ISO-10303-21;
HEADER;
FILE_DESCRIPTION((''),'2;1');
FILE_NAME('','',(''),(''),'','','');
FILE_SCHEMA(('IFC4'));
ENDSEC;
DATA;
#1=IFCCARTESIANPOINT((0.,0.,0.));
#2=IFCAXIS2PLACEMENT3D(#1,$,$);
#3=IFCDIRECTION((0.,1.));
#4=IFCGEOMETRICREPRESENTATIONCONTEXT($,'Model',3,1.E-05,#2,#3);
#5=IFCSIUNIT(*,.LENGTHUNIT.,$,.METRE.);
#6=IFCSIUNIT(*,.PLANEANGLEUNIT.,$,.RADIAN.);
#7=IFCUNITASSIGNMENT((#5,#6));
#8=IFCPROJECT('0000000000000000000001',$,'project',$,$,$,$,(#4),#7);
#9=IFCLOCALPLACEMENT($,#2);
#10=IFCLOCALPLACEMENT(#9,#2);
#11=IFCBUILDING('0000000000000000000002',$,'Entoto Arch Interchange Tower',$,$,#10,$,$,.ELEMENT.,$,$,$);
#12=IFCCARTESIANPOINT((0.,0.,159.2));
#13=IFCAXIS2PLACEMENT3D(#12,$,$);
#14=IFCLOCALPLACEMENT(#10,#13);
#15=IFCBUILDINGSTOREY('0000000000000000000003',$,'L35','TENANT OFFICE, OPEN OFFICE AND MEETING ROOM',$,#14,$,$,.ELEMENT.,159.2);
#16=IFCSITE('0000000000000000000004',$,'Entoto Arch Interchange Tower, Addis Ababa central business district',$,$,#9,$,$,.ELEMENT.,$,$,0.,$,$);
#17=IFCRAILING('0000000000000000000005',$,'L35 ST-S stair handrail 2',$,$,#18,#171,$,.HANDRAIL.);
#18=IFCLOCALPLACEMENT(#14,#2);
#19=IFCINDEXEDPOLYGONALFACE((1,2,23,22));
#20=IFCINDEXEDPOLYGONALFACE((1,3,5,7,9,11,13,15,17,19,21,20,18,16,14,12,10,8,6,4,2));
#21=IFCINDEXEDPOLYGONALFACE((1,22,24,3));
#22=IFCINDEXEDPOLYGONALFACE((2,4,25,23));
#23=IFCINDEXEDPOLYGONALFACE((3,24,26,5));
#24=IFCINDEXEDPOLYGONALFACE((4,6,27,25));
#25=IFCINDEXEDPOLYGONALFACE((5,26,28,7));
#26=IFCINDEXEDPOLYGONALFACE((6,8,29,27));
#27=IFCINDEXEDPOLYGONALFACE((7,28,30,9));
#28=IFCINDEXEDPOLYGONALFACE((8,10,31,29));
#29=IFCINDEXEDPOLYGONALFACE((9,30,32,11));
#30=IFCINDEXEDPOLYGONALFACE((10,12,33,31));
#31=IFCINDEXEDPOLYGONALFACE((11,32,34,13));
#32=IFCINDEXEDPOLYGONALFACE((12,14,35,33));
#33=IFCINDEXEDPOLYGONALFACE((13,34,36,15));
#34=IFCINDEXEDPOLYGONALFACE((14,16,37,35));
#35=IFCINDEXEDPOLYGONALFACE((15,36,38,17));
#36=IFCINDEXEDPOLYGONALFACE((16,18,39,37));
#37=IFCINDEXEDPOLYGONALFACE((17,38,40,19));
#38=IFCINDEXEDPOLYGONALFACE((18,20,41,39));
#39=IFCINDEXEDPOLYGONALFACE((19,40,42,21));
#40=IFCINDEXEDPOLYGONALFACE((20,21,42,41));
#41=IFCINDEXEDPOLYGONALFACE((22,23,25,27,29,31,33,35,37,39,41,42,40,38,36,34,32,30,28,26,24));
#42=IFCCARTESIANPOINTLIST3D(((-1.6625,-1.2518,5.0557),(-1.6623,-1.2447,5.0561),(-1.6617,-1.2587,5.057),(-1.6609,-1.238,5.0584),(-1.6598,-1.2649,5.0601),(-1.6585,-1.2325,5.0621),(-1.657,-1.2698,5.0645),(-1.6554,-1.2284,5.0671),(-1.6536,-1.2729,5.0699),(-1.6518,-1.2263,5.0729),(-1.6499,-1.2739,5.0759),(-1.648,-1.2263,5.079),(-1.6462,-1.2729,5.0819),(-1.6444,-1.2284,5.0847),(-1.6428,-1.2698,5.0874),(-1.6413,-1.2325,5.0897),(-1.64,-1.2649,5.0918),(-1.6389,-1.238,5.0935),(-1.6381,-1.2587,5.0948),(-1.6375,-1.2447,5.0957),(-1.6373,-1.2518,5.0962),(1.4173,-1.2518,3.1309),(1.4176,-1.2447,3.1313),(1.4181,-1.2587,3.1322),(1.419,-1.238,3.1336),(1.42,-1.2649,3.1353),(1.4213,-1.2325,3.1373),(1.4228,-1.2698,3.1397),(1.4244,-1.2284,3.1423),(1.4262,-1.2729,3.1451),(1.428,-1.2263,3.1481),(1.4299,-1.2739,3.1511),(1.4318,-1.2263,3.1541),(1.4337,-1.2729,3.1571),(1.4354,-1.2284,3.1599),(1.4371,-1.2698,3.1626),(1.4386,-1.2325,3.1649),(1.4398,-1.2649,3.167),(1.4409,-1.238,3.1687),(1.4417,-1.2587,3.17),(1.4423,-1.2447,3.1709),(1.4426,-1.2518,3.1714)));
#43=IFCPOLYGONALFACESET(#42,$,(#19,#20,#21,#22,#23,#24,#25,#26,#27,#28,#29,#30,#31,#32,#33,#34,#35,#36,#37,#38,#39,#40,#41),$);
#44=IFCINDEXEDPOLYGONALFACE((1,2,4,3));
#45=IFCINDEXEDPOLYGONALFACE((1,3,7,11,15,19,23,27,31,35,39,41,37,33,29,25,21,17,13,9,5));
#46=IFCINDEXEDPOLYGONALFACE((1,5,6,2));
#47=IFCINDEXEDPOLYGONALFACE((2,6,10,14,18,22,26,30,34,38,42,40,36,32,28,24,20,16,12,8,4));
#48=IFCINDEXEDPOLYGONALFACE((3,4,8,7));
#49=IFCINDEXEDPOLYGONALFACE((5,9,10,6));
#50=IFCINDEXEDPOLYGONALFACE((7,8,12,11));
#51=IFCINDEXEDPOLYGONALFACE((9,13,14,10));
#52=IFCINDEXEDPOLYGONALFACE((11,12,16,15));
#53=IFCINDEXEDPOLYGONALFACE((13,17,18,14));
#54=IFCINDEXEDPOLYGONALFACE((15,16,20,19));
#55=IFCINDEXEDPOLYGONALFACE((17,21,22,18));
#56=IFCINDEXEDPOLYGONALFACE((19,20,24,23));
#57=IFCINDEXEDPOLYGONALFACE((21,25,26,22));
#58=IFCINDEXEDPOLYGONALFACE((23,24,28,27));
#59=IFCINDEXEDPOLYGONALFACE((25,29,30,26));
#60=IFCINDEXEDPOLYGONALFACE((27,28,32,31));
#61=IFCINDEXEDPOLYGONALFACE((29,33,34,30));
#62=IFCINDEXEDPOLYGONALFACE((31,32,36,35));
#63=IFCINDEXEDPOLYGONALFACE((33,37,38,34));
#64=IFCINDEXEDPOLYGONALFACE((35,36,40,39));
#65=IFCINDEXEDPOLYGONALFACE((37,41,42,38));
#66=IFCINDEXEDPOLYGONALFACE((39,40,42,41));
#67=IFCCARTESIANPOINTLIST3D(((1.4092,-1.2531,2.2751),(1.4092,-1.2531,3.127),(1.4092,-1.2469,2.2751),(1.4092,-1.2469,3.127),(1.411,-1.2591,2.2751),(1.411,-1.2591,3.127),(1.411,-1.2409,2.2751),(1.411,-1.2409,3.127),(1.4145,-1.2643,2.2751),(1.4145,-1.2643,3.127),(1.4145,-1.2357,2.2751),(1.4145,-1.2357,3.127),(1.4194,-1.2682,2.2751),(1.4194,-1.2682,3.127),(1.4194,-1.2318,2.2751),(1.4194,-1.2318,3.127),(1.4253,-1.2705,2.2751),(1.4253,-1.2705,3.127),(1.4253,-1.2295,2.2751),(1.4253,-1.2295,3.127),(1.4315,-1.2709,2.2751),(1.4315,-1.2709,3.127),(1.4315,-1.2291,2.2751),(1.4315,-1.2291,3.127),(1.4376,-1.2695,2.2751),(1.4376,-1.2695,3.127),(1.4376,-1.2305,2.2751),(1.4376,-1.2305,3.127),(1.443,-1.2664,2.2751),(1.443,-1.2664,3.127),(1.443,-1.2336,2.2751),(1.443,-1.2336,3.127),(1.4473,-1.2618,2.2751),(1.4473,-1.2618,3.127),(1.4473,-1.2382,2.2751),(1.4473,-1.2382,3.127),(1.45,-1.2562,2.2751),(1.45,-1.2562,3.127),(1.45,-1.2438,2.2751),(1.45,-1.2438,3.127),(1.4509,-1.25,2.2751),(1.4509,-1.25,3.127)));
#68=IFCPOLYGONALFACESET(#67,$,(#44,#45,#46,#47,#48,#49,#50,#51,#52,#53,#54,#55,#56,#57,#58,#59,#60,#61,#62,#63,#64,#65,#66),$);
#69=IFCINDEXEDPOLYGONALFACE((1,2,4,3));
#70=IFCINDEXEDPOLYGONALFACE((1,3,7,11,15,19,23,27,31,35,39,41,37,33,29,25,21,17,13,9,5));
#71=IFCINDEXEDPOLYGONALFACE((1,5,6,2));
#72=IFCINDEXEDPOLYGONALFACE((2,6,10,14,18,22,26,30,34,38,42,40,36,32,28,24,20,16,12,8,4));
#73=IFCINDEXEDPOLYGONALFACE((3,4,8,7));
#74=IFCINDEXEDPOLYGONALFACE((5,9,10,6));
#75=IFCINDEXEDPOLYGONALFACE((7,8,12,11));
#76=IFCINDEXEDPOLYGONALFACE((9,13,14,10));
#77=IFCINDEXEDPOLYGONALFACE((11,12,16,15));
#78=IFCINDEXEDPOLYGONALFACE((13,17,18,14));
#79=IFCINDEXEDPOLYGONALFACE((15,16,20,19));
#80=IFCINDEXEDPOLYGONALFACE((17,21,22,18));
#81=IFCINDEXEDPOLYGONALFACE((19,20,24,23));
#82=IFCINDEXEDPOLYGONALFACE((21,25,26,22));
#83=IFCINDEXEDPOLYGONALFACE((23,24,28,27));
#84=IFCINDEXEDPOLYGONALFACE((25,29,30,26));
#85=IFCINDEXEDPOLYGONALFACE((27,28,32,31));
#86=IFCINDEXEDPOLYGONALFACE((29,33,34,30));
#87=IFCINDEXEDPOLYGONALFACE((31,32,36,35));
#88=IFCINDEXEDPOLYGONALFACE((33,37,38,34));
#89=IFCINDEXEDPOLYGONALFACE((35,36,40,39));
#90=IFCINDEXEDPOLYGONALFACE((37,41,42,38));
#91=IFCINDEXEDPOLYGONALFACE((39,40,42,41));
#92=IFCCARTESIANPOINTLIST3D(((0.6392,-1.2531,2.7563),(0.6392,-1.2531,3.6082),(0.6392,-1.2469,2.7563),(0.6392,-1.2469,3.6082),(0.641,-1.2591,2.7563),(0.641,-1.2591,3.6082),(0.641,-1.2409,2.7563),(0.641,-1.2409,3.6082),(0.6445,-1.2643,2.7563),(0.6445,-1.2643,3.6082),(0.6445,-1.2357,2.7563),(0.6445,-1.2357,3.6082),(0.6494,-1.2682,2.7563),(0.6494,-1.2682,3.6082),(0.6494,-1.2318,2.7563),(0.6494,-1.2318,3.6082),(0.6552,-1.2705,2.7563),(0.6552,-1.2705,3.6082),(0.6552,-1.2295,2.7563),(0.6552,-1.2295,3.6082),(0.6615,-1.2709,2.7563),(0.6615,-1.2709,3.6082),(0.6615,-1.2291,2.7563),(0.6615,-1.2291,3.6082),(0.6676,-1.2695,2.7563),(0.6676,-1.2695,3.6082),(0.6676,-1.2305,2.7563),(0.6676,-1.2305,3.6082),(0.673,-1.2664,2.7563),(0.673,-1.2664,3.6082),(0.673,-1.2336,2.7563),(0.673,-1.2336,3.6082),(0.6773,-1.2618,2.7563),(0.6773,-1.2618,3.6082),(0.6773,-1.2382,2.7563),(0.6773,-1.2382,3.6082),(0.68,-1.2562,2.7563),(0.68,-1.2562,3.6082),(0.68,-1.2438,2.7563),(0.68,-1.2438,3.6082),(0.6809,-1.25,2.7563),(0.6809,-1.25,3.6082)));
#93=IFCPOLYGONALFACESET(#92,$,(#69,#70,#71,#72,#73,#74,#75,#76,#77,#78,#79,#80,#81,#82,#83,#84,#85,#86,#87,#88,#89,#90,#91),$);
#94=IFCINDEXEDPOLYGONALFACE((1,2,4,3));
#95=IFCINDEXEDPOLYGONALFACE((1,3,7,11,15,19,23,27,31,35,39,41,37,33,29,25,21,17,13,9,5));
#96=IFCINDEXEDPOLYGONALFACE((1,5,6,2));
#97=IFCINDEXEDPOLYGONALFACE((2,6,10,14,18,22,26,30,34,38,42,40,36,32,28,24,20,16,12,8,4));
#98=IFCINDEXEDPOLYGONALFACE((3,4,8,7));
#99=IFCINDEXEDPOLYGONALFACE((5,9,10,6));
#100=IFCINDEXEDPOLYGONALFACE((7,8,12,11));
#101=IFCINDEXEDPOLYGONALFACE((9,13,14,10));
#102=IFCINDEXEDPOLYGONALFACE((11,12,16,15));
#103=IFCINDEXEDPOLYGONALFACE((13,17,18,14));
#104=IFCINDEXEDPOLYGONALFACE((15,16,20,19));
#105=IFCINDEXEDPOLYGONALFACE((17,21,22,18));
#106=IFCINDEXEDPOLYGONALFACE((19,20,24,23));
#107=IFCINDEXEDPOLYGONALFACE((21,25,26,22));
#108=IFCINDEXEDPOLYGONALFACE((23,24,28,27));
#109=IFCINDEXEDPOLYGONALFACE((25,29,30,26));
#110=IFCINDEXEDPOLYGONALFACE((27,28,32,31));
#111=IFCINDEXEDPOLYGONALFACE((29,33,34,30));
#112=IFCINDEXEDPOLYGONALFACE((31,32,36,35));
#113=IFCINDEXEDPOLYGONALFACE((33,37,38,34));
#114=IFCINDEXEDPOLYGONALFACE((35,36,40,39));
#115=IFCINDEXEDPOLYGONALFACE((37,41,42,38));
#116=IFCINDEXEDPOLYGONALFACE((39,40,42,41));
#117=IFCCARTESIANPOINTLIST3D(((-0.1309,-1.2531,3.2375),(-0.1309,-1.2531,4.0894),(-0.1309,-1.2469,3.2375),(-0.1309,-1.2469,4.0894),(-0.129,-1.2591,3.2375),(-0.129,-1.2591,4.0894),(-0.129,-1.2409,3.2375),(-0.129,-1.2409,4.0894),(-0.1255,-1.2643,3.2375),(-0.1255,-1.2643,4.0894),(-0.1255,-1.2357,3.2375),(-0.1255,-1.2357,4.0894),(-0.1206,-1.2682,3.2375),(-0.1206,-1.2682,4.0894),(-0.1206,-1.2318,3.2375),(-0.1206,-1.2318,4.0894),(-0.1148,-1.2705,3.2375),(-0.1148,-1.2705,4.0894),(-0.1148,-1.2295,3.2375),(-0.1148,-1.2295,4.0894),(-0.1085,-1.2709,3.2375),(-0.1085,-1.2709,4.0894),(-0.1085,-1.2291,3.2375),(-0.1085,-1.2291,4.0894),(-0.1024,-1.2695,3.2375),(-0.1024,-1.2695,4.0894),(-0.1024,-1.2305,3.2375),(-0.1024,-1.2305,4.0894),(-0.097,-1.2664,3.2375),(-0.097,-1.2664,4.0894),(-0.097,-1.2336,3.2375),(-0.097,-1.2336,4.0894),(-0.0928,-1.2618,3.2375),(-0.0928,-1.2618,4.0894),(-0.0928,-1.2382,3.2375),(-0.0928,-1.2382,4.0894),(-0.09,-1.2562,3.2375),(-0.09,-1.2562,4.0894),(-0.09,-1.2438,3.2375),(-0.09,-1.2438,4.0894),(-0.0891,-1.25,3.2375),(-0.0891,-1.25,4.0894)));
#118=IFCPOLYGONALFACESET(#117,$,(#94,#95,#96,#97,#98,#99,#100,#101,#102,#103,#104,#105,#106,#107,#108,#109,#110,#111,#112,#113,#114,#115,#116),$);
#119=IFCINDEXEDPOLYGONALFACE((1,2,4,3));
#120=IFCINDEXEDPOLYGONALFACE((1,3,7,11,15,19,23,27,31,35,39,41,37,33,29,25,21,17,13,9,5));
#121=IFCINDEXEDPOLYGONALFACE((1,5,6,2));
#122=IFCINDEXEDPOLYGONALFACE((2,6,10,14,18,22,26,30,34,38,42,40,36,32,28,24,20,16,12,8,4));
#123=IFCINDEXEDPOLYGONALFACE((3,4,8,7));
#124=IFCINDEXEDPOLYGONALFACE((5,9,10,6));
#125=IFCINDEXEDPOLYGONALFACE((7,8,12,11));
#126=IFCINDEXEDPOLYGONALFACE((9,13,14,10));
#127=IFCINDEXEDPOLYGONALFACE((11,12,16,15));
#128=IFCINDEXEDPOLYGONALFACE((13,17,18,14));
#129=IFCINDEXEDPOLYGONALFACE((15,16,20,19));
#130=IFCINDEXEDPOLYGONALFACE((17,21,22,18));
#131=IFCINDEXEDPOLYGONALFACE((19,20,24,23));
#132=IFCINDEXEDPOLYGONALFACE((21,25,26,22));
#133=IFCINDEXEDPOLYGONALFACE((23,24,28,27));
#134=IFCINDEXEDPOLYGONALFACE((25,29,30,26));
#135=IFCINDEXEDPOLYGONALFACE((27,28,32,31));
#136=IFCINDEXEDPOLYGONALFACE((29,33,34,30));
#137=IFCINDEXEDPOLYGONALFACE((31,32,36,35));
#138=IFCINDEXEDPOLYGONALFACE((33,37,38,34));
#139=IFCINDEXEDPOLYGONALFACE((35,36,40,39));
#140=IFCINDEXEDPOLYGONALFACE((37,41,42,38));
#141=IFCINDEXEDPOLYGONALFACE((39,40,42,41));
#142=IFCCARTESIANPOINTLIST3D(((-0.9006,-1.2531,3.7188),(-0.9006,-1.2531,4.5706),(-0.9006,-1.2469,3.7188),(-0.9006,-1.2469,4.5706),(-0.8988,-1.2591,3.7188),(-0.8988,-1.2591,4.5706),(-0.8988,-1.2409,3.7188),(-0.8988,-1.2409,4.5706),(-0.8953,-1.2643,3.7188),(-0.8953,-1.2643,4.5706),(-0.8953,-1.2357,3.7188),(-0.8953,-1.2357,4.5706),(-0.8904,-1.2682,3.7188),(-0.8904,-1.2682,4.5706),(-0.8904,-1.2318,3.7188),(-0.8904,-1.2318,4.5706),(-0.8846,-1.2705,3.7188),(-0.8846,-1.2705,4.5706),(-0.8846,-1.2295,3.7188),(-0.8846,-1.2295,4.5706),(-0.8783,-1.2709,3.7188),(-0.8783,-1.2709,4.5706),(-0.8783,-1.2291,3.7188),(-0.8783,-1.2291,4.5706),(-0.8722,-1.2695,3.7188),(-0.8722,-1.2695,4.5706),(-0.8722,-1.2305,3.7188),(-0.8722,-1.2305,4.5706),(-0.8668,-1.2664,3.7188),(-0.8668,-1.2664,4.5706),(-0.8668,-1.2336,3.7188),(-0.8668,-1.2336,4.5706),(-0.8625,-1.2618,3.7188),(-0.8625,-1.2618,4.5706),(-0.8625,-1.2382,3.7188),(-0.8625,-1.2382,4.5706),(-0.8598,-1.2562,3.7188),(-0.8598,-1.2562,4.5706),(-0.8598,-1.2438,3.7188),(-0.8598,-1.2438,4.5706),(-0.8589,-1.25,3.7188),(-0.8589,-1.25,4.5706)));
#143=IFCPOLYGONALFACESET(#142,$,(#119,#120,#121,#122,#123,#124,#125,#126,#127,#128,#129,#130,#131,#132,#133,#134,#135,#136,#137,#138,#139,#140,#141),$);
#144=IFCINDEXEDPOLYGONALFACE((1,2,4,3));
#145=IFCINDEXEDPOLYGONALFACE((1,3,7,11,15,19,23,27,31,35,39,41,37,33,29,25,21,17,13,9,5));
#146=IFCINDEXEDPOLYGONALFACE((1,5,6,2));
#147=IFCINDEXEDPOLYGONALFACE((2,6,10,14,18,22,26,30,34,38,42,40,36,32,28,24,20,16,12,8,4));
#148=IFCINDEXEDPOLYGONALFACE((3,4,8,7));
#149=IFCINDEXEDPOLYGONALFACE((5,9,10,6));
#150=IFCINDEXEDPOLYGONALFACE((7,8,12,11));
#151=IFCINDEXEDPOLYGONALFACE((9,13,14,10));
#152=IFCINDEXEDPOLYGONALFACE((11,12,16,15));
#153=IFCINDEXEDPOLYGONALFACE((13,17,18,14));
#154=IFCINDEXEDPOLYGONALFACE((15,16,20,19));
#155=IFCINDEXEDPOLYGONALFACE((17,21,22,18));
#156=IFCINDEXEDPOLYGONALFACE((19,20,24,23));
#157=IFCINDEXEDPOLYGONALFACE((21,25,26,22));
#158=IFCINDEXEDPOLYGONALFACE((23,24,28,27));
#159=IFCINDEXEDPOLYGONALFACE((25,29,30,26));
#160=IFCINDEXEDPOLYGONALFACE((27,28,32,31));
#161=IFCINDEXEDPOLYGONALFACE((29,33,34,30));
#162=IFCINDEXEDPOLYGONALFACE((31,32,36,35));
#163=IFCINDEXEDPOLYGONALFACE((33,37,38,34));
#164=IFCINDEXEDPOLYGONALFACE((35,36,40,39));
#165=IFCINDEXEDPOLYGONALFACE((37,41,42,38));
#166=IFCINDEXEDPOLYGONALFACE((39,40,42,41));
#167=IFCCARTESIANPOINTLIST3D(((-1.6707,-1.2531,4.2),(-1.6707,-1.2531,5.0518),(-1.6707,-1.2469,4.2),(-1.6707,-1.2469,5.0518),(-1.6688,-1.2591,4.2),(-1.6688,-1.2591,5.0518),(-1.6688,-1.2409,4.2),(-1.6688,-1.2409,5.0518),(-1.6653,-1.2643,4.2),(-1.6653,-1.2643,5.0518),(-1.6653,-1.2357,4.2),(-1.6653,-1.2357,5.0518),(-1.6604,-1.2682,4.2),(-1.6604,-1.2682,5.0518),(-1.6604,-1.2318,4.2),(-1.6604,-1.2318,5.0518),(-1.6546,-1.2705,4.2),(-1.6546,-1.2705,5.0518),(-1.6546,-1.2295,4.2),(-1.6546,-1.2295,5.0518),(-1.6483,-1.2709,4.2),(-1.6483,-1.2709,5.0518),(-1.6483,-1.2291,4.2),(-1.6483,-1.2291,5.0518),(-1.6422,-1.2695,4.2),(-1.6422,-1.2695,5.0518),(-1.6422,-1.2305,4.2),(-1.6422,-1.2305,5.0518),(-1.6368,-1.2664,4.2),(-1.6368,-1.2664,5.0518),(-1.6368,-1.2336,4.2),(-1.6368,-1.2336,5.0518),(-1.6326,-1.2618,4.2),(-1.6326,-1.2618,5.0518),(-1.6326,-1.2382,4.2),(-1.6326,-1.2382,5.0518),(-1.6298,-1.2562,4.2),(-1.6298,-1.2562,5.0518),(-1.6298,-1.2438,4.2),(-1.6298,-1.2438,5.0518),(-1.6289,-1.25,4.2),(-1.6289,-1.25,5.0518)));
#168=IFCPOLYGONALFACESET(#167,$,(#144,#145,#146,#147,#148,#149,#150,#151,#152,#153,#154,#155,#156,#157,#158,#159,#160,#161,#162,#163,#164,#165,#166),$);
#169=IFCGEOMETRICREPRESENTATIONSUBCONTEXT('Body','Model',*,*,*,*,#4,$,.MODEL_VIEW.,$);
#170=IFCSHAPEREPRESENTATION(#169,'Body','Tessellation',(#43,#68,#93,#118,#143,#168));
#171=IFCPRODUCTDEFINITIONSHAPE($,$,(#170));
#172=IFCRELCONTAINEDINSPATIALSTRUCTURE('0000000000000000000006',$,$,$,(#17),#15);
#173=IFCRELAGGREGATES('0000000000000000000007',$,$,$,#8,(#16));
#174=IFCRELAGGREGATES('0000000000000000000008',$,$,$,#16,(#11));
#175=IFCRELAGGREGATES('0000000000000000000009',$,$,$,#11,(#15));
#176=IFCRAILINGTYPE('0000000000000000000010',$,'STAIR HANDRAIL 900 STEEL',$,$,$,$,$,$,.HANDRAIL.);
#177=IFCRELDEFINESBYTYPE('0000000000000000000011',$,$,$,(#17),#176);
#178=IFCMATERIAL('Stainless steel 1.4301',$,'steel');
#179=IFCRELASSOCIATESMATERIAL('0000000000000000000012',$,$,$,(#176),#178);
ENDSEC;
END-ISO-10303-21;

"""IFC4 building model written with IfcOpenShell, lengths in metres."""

from ifc_helpers import new_model, si_unit, direction, frame, origin, origin_2d, place, context, subcontext, project, spatial, circle, extrude, material, type_object, element, save


model = new_model("IFC4")

# Units and contexts
model_context = context("Model", 3, precision=1e-05, world=origin(), true_north=direction((0.0, 1.0)))
body_context = subcontext(model_context, "Body", "Model", "MODEL_VIEW")
ifc_project = project(units=[si_unit("LENGTHUNIT", "METRE"), si_unit("PLANEANGLEUNIT", "RADIAN")], contexts=[model_context])

# Site, building, storey
site_placement = place(None, origin())
site = spatial("IfcSite", under=ifc_project, at=site_placement, Name="Entoto Arch Interchange Tower, Addis Ababa central business district", CompositionType="ELEMENT", RefElevation=0.0)
building_placement = place(site_placement, origin())
building = spatial("IfcBuilding", under=site, at=building_placement, Name="Entoto Arch Interchange Tower", CompositionType="ELEMENT")
storey_placement = place(building_placement, frame((0.0, 0.0, 159.2)))
storey = spatial("IfcBuildingStorey", under=building, at=storey_placement, Name="L35", Description="TENANT OFFICE, OPEN OFFICE AND MEETING ROOM", CompositionType="ELEMENT", Elevation=159.2)

# Railing
ifc_material_1 = material(Name="Stainless steel 1.4301", Category="steel")
railing_type_1 = type_object("IfcRailingType", Name="STAIR HANDRAIL 900 STEEL", PredefinedType="HANDRAIL", material=ifc_material_1)
railing_1_placement = place(storey_placement, frame((1.4299, -1.25, 2.2751)))
element("IfcRailing", 1, at=railing_1_placement, inside=storey, type_object=railing_type_1, Name="L35 ST-S stair handrail 2", PredefinedType="HANDRAIL", context=body_context, shape_type="SweptSolid", body=[
    extrude(circle(Radius=0.0239, at=origin_2d()), frame((0.0, 0.0, 0.876), z_axis=(-0.84801, 0.0, 0.529981), x_axis=(0.0, -1.0, 0.0)), (0.0, 0.0, 1.0), 3.6318),
    extrude(circle(Radius=0.021, at=origin_2d()), origin(), (0.0, 0.0, 1.0), 0.8518),
    extrude(circle(Radius=0.021, at=origin_2d()), frame((-0.77, 0.0, 0.4812)), (0.0, 0.0, 1.0), 0.8518),
    extrude(circle(Radius=0.021, at=origin_2d()), frame((-1.54, 0.0, 0.9624)), (0.0, 0.0, 1.0), 0.8518),
    extrude(circle(Radius=0.021, at=origin_2d()), frame((-2.3098, 0.0, 1.4436)), (0.0, 0.0, 1.0), 0.8518),
    extrude(circle(Radius=0.021, at=origin_2d()), frame((-3.0798, 0.0, 1.9248)), (0.0, 0.0, 1.0), 0.8518),
])

save(model, "model.ifc")
